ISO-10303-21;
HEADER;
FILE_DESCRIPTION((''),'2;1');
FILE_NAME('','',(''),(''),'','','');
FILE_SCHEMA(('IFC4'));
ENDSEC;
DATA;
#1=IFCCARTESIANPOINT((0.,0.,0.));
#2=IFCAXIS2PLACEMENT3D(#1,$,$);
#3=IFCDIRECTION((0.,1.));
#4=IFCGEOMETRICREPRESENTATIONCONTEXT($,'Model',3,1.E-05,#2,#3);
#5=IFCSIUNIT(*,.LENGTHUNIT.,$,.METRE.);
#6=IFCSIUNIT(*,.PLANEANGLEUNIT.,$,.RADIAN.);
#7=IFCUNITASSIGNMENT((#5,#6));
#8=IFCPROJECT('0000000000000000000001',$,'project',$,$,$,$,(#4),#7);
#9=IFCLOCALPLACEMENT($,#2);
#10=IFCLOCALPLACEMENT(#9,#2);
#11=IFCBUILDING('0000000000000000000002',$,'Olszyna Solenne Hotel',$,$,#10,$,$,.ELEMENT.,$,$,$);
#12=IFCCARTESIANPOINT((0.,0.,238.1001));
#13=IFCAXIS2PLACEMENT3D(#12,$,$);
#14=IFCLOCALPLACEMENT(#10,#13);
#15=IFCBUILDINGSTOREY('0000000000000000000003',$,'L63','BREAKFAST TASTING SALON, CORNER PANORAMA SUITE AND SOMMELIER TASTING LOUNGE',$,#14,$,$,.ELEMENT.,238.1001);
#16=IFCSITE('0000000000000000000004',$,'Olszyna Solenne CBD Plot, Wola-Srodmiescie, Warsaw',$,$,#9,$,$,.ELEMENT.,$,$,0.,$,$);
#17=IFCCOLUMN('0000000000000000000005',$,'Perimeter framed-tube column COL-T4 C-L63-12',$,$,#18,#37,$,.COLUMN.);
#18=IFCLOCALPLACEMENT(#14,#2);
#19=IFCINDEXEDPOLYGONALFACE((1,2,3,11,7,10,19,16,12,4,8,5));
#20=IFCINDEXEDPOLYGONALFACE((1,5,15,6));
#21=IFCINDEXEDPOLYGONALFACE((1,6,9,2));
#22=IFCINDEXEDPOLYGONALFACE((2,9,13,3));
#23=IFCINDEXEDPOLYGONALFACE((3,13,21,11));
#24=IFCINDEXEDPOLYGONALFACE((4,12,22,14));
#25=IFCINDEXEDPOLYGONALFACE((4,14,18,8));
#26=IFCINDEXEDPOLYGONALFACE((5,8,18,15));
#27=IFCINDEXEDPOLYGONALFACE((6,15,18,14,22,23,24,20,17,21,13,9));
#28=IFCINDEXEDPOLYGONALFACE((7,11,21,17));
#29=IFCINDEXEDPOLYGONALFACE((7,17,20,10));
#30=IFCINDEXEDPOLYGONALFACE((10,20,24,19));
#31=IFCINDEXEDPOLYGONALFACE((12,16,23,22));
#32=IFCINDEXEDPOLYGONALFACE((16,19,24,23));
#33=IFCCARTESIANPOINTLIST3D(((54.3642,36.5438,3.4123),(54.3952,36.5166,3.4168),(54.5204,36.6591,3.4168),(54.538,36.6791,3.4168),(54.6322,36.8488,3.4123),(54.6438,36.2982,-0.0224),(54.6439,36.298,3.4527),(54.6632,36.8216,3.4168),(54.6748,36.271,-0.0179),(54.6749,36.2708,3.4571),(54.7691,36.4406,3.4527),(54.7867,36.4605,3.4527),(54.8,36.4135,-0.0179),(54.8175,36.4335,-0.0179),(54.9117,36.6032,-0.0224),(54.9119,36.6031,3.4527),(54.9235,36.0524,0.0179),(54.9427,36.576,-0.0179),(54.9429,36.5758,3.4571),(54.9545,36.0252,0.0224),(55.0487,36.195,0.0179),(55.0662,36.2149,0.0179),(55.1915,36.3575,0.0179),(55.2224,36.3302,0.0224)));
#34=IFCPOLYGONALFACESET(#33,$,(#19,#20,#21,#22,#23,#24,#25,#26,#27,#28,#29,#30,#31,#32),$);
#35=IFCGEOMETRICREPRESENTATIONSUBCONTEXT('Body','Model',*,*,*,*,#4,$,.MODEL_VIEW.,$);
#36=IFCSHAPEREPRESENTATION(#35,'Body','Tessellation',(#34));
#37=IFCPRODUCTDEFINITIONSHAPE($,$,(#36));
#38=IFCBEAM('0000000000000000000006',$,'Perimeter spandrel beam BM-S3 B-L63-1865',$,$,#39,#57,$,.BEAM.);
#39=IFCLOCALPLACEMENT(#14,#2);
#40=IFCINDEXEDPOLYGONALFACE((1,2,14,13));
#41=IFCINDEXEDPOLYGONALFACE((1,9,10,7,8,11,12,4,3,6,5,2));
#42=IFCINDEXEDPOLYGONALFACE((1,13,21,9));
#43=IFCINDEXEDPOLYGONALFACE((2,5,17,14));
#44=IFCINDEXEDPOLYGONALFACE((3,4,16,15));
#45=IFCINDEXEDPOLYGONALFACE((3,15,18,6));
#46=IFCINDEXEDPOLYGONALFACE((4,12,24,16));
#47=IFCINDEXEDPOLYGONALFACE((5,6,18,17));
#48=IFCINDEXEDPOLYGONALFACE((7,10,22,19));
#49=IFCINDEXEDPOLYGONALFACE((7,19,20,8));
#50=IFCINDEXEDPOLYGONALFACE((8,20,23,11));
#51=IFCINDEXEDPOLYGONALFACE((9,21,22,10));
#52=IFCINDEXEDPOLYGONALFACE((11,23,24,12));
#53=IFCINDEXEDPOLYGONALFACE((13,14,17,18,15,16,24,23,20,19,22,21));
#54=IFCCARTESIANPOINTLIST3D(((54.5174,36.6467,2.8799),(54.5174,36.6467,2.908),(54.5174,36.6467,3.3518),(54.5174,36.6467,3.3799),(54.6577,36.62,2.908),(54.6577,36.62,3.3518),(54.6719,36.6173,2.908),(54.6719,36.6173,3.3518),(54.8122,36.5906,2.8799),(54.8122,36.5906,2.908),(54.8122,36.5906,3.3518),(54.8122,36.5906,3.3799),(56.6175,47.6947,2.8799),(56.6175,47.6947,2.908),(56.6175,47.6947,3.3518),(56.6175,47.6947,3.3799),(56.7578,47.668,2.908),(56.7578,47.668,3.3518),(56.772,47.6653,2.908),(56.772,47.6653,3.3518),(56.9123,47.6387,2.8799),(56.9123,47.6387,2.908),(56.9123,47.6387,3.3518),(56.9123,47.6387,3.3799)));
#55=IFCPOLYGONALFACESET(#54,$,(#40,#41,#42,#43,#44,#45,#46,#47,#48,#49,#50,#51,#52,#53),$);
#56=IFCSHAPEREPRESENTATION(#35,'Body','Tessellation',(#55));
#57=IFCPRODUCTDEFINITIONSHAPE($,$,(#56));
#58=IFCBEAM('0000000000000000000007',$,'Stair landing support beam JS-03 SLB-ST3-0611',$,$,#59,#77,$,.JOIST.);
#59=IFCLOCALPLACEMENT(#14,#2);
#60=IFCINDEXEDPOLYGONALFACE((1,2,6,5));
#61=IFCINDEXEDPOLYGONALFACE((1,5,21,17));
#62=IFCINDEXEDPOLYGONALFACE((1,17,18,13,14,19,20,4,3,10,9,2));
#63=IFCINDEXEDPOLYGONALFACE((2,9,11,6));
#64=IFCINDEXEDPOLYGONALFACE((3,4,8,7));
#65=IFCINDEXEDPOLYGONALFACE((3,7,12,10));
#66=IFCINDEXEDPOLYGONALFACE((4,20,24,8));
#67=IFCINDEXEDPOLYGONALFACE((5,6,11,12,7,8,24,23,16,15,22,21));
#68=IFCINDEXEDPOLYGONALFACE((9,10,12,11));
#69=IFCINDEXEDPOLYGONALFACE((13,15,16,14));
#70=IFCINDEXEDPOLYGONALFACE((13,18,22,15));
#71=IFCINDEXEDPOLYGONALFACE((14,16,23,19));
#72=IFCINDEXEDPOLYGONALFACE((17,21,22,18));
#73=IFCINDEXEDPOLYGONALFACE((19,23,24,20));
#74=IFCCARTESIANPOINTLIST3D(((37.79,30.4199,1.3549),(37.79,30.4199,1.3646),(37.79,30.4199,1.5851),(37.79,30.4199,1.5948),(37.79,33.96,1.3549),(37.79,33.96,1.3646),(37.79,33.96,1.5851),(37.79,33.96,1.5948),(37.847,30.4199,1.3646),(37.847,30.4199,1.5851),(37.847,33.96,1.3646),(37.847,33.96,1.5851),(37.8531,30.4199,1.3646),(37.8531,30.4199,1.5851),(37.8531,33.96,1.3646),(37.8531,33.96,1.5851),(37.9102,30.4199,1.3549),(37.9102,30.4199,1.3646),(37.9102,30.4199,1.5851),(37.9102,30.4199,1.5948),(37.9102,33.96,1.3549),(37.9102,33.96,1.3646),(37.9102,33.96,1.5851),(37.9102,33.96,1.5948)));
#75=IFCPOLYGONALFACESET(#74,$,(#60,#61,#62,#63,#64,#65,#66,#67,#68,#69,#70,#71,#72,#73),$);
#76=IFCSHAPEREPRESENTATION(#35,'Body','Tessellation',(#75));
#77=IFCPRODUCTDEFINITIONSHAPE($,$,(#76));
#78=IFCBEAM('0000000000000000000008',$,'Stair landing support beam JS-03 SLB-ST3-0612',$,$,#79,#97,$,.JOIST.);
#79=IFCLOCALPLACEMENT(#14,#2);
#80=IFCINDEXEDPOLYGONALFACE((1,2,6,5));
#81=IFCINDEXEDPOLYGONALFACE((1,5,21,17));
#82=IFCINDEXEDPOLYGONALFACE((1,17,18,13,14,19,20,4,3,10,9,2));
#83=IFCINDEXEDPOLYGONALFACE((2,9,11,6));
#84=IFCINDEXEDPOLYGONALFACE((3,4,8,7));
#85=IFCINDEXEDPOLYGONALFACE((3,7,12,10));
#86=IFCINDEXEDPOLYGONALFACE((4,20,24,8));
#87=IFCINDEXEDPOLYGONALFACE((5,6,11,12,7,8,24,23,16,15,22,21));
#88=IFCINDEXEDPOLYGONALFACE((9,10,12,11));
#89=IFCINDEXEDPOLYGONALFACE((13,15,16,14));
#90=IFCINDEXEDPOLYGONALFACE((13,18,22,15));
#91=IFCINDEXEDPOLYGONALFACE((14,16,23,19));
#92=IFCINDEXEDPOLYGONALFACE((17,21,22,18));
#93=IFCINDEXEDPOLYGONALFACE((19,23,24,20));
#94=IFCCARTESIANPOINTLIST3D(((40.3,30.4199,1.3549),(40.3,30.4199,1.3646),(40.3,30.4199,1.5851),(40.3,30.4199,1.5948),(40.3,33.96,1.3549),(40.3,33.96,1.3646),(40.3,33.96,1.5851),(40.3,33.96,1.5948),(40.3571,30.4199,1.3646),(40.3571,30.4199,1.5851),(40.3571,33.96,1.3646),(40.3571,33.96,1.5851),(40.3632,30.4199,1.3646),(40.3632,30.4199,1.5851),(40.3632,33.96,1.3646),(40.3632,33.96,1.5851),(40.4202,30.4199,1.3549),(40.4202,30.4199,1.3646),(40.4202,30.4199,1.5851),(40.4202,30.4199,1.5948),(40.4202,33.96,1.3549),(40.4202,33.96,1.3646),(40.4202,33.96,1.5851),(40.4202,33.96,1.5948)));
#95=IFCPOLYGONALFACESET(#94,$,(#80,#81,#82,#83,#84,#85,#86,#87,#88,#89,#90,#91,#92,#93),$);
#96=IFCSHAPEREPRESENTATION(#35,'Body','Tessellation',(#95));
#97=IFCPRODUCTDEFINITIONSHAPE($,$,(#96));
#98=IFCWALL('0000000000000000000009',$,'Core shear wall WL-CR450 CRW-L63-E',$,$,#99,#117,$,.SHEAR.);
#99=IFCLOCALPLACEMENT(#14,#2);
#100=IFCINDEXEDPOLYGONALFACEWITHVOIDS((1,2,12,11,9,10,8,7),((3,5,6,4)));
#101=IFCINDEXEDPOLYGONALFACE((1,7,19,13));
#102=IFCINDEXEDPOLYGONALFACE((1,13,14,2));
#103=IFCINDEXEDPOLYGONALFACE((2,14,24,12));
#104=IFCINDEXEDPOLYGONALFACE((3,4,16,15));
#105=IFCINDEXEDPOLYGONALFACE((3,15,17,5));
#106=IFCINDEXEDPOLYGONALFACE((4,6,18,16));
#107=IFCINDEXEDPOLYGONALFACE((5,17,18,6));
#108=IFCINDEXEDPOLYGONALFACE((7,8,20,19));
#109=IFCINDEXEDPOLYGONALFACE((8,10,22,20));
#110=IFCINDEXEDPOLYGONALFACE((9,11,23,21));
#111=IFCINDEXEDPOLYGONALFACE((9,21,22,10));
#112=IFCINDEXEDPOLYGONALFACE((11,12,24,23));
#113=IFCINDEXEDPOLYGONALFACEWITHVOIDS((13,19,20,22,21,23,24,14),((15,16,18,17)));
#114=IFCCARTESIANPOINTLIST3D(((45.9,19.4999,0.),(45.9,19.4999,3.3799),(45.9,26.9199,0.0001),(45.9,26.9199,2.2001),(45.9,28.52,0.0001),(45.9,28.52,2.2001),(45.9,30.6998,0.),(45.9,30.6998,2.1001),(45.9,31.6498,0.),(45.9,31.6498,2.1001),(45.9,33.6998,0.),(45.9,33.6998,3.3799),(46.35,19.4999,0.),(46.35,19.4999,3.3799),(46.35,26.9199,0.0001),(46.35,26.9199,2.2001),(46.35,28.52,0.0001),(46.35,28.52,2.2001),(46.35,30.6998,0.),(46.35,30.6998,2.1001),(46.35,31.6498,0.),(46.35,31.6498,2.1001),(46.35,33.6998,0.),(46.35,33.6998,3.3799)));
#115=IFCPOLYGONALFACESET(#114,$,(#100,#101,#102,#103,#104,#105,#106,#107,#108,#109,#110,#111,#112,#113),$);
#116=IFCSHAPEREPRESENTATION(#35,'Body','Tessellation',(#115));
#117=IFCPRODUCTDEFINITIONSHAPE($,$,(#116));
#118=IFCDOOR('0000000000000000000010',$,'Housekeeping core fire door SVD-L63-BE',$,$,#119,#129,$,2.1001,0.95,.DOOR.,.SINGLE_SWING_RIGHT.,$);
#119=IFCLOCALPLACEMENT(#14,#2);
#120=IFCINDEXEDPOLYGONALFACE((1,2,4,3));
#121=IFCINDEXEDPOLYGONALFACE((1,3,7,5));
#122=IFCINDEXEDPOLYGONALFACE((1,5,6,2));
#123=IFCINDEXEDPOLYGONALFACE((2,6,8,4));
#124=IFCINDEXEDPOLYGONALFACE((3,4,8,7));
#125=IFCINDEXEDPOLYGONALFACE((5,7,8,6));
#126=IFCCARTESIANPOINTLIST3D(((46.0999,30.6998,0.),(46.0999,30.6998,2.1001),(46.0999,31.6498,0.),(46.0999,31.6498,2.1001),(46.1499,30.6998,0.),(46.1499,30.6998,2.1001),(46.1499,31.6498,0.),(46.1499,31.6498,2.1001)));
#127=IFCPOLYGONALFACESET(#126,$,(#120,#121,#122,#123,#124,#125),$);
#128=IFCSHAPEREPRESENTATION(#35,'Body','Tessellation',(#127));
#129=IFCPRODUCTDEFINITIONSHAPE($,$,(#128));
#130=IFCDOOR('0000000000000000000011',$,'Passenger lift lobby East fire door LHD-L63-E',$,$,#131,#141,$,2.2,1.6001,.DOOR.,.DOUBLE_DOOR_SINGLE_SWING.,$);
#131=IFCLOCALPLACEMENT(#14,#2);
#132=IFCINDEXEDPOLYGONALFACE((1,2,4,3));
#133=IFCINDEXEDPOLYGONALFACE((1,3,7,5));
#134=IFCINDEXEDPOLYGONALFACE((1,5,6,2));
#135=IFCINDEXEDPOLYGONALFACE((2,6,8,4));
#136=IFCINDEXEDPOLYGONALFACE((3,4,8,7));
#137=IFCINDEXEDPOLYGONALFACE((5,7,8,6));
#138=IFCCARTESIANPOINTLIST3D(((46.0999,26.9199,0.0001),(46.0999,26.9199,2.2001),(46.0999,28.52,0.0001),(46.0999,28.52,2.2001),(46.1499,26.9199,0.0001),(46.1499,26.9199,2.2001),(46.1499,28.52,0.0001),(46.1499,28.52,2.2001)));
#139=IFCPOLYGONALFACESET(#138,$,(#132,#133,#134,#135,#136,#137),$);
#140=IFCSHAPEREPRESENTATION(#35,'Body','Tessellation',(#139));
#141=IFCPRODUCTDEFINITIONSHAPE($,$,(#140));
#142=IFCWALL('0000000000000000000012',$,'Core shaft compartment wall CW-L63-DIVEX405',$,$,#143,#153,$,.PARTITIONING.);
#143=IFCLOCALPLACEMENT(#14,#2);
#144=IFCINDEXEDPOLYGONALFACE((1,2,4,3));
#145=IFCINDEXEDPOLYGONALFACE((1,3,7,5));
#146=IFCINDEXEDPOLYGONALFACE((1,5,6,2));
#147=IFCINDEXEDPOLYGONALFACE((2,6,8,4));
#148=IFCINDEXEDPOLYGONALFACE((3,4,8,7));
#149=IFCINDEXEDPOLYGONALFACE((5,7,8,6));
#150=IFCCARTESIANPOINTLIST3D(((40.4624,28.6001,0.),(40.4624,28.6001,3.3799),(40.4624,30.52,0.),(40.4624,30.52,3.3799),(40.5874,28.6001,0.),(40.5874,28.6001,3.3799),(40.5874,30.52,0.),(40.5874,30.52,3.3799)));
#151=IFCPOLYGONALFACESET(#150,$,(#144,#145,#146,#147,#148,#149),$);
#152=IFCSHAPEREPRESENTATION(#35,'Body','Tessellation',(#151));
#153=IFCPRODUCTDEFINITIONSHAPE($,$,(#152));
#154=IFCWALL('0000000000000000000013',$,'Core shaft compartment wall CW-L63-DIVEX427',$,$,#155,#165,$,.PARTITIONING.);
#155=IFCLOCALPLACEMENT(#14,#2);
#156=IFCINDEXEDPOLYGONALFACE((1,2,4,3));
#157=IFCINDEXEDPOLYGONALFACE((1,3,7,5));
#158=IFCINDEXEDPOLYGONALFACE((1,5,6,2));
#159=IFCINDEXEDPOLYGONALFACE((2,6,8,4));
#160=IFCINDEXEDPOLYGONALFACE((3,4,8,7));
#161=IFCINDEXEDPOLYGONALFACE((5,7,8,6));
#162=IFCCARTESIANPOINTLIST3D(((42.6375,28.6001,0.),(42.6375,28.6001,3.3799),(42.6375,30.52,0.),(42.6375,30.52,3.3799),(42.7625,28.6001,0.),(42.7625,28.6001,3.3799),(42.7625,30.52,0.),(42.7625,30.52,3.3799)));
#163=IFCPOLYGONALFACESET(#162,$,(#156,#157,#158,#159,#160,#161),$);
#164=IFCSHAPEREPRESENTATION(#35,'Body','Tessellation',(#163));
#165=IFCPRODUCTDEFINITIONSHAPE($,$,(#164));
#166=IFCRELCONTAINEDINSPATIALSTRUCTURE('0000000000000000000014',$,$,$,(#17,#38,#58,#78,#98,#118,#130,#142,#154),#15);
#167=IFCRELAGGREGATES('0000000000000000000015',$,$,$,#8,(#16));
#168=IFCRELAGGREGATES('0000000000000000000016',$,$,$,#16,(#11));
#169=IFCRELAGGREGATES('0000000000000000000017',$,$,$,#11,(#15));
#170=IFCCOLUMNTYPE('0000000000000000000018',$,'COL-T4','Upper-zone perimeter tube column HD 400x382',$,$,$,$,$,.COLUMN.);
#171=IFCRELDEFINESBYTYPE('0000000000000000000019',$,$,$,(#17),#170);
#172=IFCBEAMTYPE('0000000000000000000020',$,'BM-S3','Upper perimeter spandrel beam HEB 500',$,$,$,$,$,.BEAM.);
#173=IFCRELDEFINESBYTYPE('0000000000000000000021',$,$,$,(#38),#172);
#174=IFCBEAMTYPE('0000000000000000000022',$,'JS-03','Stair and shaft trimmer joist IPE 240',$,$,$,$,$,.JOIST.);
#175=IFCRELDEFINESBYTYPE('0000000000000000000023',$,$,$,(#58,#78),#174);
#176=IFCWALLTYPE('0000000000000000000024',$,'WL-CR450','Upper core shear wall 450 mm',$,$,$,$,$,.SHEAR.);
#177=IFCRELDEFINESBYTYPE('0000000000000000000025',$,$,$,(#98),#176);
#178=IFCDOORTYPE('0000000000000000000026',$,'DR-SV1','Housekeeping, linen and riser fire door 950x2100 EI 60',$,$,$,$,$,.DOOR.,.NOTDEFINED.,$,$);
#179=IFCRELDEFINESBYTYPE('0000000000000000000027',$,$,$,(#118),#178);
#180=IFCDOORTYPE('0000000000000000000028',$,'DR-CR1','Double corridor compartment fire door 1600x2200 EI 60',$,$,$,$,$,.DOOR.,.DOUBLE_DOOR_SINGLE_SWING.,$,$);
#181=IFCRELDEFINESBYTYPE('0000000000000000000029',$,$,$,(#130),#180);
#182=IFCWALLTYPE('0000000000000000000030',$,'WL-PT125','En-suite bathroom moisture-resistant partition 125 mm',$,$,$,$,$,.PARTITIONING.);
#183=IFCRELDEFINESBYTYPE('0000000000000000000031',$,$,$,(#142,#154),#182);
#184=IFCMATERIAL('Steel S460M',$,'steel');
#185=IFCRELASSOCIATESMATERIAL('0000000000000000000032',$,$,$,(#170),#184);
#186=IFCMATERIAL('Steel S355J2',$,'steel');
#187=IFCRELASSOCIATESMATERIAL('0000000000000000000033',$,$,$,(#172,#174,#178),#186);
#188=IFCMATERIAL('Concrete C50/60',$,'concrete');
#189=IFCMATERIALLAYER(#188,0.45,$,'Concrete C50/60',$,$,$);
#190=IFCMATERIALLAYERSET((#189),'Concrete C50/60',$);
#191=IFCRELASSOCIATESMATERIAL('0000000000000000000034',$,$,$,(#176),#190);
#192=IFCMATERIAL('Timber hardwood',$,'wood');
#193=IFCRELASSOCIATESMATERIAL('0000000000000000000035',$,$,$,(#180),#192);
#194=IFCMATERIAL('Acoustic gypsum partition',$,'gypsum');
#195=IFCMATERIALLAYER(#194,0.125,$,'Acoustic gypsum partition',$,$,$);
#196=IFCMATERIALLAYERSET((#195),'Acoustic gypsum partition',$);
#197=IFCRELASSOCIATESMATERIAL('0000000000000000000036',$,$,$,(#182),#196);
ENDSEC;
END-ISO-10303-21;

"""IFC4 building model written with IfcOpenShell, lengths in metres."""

from ifc_helpers import new_model, si_unit, direction, frame, frame_2d, origin, origin_2d, place, context, subcontext, project, spatial, rectangle, i_section, extrude, source, transform, mapped, material, layer, layer_set, material_profile, profile_set, type_object, type_shapes, element, fill, save


model = new_model("IFC4")

# Units and contexts
model_context = context("Model", 3, precision=1e-05, world=origin(), true_north=direction((0.0, 1.0)))
body_context = subcontext(model_context, "Body", "Model", "MODEL_VIEW")
ifc_project = project(units=[si_unit("LENGTHUNIT", "METRE"), si_unit("PLANEANGLEUNIT", "RADIAN")], contexts=[model_context])

# Site, building, storey
site_placement = place(None, origin())
site = spatial("IfcSite", under=ifc_project, at=site_placement, Name="Olszyna Solenne CBD Plot, Wola-Srodmiescie, Warsaw", CompositionType="ELEMENT", RefElevation=0.0)
building_placement = place(site_placement, origin())
building = spatial("IfcBuilding", under=site, at=building_placement, Name="Olszyna Solenne Hotel", CompositionType="ELEMENT")
storey_placement = place(building_placement, frame((0.0, 0.0, 238.1001)))
storey = spatial("IfcBuildingStorey", under=building, at=storey_placement, Name="L63", Description="BREAKFAST TASTING SALON, CORNER PANORAMA SUITE AND SOMMELIER TASTING LOUNGE", CompositionType="ELEMENT", Elevation=238.1001)

# Column
ifc_material_1 = material(Name="Steel S460M", Category="steel")
ifc_material_profile_1 = material_profile(ifc_material_1, i_section(OverallWidth=0.406, OverallDepth=0.416, WebThickness=0.0266, FlangeThickness=0.0415, at=origin_2d()), Name="HD 400x382", Category="load-bearing")
ifc_profile_set_1 = profile_set([ifc_material_profile_1], Name="Steel S460M")
column_type = type_object("IfcColumnType", Name="COL-T4", Description="Upper-zone perimeter tube column HD 400x382", PredefinedType="COLUMN", material=ifc_profile_set_1)
shared_shape_1 = source(origin(), body_context, "Body", "SweptSolid", [
    extrude(i_section(OverallWidth=0.406, OverallDepth=0.416, WebThickness=0.0266, FlangeThickness=0.0415, at=origin_2d()), origin(), (0.0, 0.0, 1.0), 3.4548),
])
column_placement = place(storey_placement, frame((54.9331, 36.3142, 0.0), z_axis=(-0.080911, 0.071089, 0.994183), x_axis=(-0.660036, -0.751234, 0.0)))
element("IfcColumn", 1, at=column_placement, inside=storey, type_object=column_type, Name="Perimeter framed-tube column COL-T4 C-L63-12", PredefinedType="COLUMN", context=body_context, shape_type="MappedRepresentation", body=[
    mapped(shared_shape_1, transform((0.0, 0.0, 0.0), x_axis=(1.0, 0.0, 0.0), y_axis=(0.0, 1.0, 0.0), z_axis=(0.0, 0.0, 1.0), scale=1.0)),
])

# Beams
ifc_material_2 = material(Name="Steel S355J2", Category="steel")
ifc_material_profile_2 = material_profile(ifc_material_2, i_section(OverallWidth=0.3, OverallDepth=0.5, WebThickness=0.0144, FlangeThickness=0.0281, at=origin_2d()), Name="HEB 500", Category="load-bearing")
ifc_profile_set_2 = profile_set([ifc_material_profile_2], Name="Steel S355J2")
beam_type_1 = type_object("IfcBeamType", Name="BM-S3", Description="Upper perimeter spandrel beam HEB 500", PredefinedType="BEAM", material=ifc_profile_set_2)
shared_shape_2 = source(origin(), body_context, "Body", "SweptSolid", [
    extrude(i_section(OverallWidth=0.3, OverallDepth=0.5, WebThickness=0.0144, FlangeThickness=0.0281, at=origin_2d()), origin(), (0.0, 0.0, 1.0), 11.2458),
])
beam_placement = place(storey_placement, frame((54.6648, 36.6187, 3.1299), z_axis=(0.186743, 0.982409, 0.0), x_axis=(-0.982409, 0.186743, 0.0)))
element("IfcBeam", 2, at=beam_placement, inside=storey, type_object=beam_type_1, Name="Perimeter spandrel beam BM-S3 B-L63-1865", PredefinedType="BEAM", context=body_context, shape_type="MappedRepresentation", body=[
    mapped(shared_shape_2, transform((0.0, 0.0, 0.0), x_axis=(1.0, 0.0, 0.0), y_axis=(0.0, 1.0, 0.0), z_axis=(0.0, 0.0, 1.0), scale=1.0)),
])
ifc_material_profile_3 = material_profile(ifc_material_2, i_section(OverallWidth=0.1201, OverallDepth=0.24, WebThickness=0.0061, FlangeThickness=0.0098, at=origin_2d()), Name="IPE 240", Category="load-bearing")
ifc_profile_set_3 = profile_set([ifc_material_profile_3], Name="Steel S355J2")
beam_type_2 = type_object("IfcBeamType", Name="JS-03", Description="Stair and shaft trimmer joist IPE 240", PredefinedType="JOIST", material=ifc_profile_set_3)
shared_shape_3 = source(origin(), body_context, "Body", "SweptSolid", [
    extrude(i_section(OverallWidth=0.1201, OverallDepth=0.24, WebThickness=0.0061, FlangeThickness=0.0098, at=origin_2d()), origin(), (0.0, 0.0, 1.0), 3.54),
])
for number, where, z_axis, x_axis, name in (
    (3, (37.8501, 30.4199, 1.4749), (0.0, 1.0, 0.0), (-1.0, 0.0, 0.0), "Stair landing support beam JS-03 SLB-ST3-0611"),
    (4, (40.3601, 30.4199, 1.4749), (0.0, 1.0, 0.0), (-1.0, 0.0, 0.0), "Stair landing support beam JS-03 SLB-ST3-0612"),
):
    element("IfcBeam", number, at=place(storey_placement, frame(where, z_axis=z_axis, x_axis=x_axis)), inside=storey, type_object=beam_type_2, Name=name, PredefinedType="JOIST", context=body_context, shape_type="MappedRepresentation", body=[
        mapped(shared_shape_3, transform((0.0, 0.0, 0.0), x_axis=(1.0, 0.0, 0.0), y_axis=(0.0, 1.0, 0.0), z_axis=(0.0, 0.0, 1.0), scale=1.0)),
    ])

# Wall, openings, doors
ifc_material_3 = material(Name="Concrete C50/60", Category="concrete")
ifc_layer_1 = layer(ifc_material_3, 0.45, Name="Concrete C50/60")
ifc_layer_set_1 = layer_set([ifc_layer_1], Name="Concrete C50/60")
wall_type_1 = type_object("IfcWallType", Name="WL-CR450", Description="Upper core shear wall 450 mm", PredefinedType="SHEAR", material=ifc_layer_set_1)
wall_1_placement = place(storey_placement, frame((46.125, 33.7, 0.0), z_axis=(0.0, 0.0, 1.0), x_axis=(0.0, -1.0, 0.0)))
wall_1 = element("IfcWall", 5, at=wall_1_placement, inside=storey, type_object=wall_type_1, Name="Core shear wall WL-CR450 CRW-L63-E", PredefinedType="SHEAR", context=body_context, shape_type="SweptSolid", body=[
    extrude(rectangle(XDim=14.2, YDim=0.45, at=frame_2d((7.1001, 0.0))), origin(), (0.0, 0.0, 1.0), 3.3799),
])
opening_1_placement = place(wall_1_placement, frame((5.1799, 0.0, 0.0)))
opening_1 = element("IfcOpeningElement", 6, at=opening_1_placement, cuts=wall_1, PredefinedType="OPENING", context=body_context, shape_type="SweptSolid", body=[
    extrude(rectangle(XDim=1.6001, YDim=2.2, at=frame_2d((0.8, 1.1001))), frame((0.0, 0.2349, 0.0), z_axis=(0.0, -1.0, 0.0), x_axis=(1.0, 0.0, 0.0)), (0.0, 0.0, 1.0), 0.47),
])
opening_2_placement = place(wall_1_placement, frame((2.05, 0.0, 0.0)))
opening_2 = element("IfcOpeningElement", 7, at=opening_2_placement, cuts=wall_1, PredefinedType="OPENING", context=body_context, shape_type="SweptSolid", body=[
    extrude(rectangle(XDim=0.95, YDim=2.1001, at=frame_2d((0.4751, 1.05))), frame((0.0, 0.2349, 0.0), z_axis=(0.0, -1.0, 0.0), x_axis=(1.0, 0.0, 0.0)), (0.0, 0.0, 1.0), 0.47),
])
door_type_1 = type_object("IfcDoorType", Name="DR-SV1", Description="Housekeeping, linen and riser fire door 950x2100 EI 60", OperationType="NOTDEFINED", PredefinedType="DOOR", material=ifc_material_2)
shared_shape_4 = source(origin(), body_context, "Body", "SweptSolid", [
    extrude(rectangle(XDim=0.95, YDim=2.1001, at=frame_2d((0.4751, 1.05))), frame((0.0, 0.0249, 0.0), z_axis=(0.0, -1.0, 0.0), x_axis=(1.0, 0.0, 0.0)), (0.0, 0.0, 1.0), 0.05),
])
type_shapes(door_type_1, [shared_shape_4])
door_1_placement = place(opening_2_placement, origin())
door_1 = element("IfcDoor", 8, at=door_1_placement, inside=storey, type_object=door_type_1, Name="Housekeeping core fire door SVD-L63-BE", OperationType="SINGLE_SWING_RIGHT", OverallHeight=2.1001, OverallWidth=0.95, PredefinedType="DOOR", context=body_context, shape_type="MappedRepresentation", body=[
    mapped(shared_shape_4, transform((0.0, 0.0, 0.0), x_axis=(1.0, 0.0, 0.0), y_axis=(0.0, 1.0, 0.0), z_axis=(0.0, 0.0, 1.0), scale=1.0)),
])
fill(opening_2, door_1)
ifc_material_4 = material(Name="Timber hardwood", Category="wood")
door_type_2 = type_object("IfcDoorType", Name="DR-CR1", Description="Double corridor compartment fire door 1600x2200 EI 60", OperationType="DOUBLE_DOOR_SINGLE_SWING", PredefinedType="DOOR", material=ifc_material_4)
shared_shape_5 = source(origin(), body_context, "Body", "SweptSolid", [
    extrude(rectangle(XDim=1.6001, YDim=2.2, at=frame_2d((0.8, 1.1001))), frame((0.0, 0.0249, 0.0), z_axis=(0.0, -1.0, 0.0), x_axis=(1.0, 0.0, 0.0)), (0.0, 0.0, 1.0), 0.05),
])
type_shapes(door_type_2, [shared_shape_5])
door_2_placement = place(opening_1_placement, origin())
door_2 = element("IfcDoor", 9, at=door_2_placement, inside=storey, type_object=door_type_2, Name="Passenger lift lobby East fire door LHD-L63-E", OperationType="DOUBLE_DOOR_SINGLE_SWING", OverallHeight=2.2, OverallWidth=1.6001, PredefinedType="DOOR", context=body_context, shape_type="MappedRepresentation", body=[
    mapped(shared_shape_5, transform((0.0, 0.0, 0.0), x_axis=(1.0, 0.0, 0.0), y_axis=(0.0, 1.0, 0.0), z_axis=(0.0, 0.0, 1.0), scale=1.0)),
])
fill(opening_1, door_2)

# Walls
ifc_material_5 = material(Name="Acoustic gypsum partition", Category="gypsum")
ifc_layer_2 = layer(ifc_material_5, 0.125, Name="Acoustic gypsum partition")
ifc_layer_set_2 = layer_set([ifc_layer_2], Name="Acoustic gypsum partition")
wall_type_2 = type_object("IfcWallType", Name="WL-PT125", Description="En-suite bathroom moisture-resistant partition 125 mm", PredefinedType="PARTITIONING", material=ifc_layer_set_2)
for number, where, z_axis, x_axis, name in (
    (10, (40.5249, 28.6001, 0.0), (0.0, 0.0, 1.0), (0.0, 1.0, 0.0), "Core shaft compartment wall CW-L63-DIVEX405"),
    (11, (42.7, 28.6001, 0.0), (0.0, 0.0, 1.0), (0.0, 1.0, 0.0), "Core shaft compartment wall CW-L63-DIVEX427"),
):
    element("IfcWall", number, at=place(storey_placement, frame(where, z_axis=z_axis, x_axis=x_axis)), inside=storey, type_object=wall_type_2, Name=name, PredefinedType="PARTITIONING", context=body_context, shape_type="SweptSolid", body=[
        extrude(rectangle(XDim=1.9199, YDim=0.125, at=frame_2d((0.96, 0.0))), origin(), (0.0, 0.0, 1.0), 3.3799),
    ])

save(model, "model.ifc")
